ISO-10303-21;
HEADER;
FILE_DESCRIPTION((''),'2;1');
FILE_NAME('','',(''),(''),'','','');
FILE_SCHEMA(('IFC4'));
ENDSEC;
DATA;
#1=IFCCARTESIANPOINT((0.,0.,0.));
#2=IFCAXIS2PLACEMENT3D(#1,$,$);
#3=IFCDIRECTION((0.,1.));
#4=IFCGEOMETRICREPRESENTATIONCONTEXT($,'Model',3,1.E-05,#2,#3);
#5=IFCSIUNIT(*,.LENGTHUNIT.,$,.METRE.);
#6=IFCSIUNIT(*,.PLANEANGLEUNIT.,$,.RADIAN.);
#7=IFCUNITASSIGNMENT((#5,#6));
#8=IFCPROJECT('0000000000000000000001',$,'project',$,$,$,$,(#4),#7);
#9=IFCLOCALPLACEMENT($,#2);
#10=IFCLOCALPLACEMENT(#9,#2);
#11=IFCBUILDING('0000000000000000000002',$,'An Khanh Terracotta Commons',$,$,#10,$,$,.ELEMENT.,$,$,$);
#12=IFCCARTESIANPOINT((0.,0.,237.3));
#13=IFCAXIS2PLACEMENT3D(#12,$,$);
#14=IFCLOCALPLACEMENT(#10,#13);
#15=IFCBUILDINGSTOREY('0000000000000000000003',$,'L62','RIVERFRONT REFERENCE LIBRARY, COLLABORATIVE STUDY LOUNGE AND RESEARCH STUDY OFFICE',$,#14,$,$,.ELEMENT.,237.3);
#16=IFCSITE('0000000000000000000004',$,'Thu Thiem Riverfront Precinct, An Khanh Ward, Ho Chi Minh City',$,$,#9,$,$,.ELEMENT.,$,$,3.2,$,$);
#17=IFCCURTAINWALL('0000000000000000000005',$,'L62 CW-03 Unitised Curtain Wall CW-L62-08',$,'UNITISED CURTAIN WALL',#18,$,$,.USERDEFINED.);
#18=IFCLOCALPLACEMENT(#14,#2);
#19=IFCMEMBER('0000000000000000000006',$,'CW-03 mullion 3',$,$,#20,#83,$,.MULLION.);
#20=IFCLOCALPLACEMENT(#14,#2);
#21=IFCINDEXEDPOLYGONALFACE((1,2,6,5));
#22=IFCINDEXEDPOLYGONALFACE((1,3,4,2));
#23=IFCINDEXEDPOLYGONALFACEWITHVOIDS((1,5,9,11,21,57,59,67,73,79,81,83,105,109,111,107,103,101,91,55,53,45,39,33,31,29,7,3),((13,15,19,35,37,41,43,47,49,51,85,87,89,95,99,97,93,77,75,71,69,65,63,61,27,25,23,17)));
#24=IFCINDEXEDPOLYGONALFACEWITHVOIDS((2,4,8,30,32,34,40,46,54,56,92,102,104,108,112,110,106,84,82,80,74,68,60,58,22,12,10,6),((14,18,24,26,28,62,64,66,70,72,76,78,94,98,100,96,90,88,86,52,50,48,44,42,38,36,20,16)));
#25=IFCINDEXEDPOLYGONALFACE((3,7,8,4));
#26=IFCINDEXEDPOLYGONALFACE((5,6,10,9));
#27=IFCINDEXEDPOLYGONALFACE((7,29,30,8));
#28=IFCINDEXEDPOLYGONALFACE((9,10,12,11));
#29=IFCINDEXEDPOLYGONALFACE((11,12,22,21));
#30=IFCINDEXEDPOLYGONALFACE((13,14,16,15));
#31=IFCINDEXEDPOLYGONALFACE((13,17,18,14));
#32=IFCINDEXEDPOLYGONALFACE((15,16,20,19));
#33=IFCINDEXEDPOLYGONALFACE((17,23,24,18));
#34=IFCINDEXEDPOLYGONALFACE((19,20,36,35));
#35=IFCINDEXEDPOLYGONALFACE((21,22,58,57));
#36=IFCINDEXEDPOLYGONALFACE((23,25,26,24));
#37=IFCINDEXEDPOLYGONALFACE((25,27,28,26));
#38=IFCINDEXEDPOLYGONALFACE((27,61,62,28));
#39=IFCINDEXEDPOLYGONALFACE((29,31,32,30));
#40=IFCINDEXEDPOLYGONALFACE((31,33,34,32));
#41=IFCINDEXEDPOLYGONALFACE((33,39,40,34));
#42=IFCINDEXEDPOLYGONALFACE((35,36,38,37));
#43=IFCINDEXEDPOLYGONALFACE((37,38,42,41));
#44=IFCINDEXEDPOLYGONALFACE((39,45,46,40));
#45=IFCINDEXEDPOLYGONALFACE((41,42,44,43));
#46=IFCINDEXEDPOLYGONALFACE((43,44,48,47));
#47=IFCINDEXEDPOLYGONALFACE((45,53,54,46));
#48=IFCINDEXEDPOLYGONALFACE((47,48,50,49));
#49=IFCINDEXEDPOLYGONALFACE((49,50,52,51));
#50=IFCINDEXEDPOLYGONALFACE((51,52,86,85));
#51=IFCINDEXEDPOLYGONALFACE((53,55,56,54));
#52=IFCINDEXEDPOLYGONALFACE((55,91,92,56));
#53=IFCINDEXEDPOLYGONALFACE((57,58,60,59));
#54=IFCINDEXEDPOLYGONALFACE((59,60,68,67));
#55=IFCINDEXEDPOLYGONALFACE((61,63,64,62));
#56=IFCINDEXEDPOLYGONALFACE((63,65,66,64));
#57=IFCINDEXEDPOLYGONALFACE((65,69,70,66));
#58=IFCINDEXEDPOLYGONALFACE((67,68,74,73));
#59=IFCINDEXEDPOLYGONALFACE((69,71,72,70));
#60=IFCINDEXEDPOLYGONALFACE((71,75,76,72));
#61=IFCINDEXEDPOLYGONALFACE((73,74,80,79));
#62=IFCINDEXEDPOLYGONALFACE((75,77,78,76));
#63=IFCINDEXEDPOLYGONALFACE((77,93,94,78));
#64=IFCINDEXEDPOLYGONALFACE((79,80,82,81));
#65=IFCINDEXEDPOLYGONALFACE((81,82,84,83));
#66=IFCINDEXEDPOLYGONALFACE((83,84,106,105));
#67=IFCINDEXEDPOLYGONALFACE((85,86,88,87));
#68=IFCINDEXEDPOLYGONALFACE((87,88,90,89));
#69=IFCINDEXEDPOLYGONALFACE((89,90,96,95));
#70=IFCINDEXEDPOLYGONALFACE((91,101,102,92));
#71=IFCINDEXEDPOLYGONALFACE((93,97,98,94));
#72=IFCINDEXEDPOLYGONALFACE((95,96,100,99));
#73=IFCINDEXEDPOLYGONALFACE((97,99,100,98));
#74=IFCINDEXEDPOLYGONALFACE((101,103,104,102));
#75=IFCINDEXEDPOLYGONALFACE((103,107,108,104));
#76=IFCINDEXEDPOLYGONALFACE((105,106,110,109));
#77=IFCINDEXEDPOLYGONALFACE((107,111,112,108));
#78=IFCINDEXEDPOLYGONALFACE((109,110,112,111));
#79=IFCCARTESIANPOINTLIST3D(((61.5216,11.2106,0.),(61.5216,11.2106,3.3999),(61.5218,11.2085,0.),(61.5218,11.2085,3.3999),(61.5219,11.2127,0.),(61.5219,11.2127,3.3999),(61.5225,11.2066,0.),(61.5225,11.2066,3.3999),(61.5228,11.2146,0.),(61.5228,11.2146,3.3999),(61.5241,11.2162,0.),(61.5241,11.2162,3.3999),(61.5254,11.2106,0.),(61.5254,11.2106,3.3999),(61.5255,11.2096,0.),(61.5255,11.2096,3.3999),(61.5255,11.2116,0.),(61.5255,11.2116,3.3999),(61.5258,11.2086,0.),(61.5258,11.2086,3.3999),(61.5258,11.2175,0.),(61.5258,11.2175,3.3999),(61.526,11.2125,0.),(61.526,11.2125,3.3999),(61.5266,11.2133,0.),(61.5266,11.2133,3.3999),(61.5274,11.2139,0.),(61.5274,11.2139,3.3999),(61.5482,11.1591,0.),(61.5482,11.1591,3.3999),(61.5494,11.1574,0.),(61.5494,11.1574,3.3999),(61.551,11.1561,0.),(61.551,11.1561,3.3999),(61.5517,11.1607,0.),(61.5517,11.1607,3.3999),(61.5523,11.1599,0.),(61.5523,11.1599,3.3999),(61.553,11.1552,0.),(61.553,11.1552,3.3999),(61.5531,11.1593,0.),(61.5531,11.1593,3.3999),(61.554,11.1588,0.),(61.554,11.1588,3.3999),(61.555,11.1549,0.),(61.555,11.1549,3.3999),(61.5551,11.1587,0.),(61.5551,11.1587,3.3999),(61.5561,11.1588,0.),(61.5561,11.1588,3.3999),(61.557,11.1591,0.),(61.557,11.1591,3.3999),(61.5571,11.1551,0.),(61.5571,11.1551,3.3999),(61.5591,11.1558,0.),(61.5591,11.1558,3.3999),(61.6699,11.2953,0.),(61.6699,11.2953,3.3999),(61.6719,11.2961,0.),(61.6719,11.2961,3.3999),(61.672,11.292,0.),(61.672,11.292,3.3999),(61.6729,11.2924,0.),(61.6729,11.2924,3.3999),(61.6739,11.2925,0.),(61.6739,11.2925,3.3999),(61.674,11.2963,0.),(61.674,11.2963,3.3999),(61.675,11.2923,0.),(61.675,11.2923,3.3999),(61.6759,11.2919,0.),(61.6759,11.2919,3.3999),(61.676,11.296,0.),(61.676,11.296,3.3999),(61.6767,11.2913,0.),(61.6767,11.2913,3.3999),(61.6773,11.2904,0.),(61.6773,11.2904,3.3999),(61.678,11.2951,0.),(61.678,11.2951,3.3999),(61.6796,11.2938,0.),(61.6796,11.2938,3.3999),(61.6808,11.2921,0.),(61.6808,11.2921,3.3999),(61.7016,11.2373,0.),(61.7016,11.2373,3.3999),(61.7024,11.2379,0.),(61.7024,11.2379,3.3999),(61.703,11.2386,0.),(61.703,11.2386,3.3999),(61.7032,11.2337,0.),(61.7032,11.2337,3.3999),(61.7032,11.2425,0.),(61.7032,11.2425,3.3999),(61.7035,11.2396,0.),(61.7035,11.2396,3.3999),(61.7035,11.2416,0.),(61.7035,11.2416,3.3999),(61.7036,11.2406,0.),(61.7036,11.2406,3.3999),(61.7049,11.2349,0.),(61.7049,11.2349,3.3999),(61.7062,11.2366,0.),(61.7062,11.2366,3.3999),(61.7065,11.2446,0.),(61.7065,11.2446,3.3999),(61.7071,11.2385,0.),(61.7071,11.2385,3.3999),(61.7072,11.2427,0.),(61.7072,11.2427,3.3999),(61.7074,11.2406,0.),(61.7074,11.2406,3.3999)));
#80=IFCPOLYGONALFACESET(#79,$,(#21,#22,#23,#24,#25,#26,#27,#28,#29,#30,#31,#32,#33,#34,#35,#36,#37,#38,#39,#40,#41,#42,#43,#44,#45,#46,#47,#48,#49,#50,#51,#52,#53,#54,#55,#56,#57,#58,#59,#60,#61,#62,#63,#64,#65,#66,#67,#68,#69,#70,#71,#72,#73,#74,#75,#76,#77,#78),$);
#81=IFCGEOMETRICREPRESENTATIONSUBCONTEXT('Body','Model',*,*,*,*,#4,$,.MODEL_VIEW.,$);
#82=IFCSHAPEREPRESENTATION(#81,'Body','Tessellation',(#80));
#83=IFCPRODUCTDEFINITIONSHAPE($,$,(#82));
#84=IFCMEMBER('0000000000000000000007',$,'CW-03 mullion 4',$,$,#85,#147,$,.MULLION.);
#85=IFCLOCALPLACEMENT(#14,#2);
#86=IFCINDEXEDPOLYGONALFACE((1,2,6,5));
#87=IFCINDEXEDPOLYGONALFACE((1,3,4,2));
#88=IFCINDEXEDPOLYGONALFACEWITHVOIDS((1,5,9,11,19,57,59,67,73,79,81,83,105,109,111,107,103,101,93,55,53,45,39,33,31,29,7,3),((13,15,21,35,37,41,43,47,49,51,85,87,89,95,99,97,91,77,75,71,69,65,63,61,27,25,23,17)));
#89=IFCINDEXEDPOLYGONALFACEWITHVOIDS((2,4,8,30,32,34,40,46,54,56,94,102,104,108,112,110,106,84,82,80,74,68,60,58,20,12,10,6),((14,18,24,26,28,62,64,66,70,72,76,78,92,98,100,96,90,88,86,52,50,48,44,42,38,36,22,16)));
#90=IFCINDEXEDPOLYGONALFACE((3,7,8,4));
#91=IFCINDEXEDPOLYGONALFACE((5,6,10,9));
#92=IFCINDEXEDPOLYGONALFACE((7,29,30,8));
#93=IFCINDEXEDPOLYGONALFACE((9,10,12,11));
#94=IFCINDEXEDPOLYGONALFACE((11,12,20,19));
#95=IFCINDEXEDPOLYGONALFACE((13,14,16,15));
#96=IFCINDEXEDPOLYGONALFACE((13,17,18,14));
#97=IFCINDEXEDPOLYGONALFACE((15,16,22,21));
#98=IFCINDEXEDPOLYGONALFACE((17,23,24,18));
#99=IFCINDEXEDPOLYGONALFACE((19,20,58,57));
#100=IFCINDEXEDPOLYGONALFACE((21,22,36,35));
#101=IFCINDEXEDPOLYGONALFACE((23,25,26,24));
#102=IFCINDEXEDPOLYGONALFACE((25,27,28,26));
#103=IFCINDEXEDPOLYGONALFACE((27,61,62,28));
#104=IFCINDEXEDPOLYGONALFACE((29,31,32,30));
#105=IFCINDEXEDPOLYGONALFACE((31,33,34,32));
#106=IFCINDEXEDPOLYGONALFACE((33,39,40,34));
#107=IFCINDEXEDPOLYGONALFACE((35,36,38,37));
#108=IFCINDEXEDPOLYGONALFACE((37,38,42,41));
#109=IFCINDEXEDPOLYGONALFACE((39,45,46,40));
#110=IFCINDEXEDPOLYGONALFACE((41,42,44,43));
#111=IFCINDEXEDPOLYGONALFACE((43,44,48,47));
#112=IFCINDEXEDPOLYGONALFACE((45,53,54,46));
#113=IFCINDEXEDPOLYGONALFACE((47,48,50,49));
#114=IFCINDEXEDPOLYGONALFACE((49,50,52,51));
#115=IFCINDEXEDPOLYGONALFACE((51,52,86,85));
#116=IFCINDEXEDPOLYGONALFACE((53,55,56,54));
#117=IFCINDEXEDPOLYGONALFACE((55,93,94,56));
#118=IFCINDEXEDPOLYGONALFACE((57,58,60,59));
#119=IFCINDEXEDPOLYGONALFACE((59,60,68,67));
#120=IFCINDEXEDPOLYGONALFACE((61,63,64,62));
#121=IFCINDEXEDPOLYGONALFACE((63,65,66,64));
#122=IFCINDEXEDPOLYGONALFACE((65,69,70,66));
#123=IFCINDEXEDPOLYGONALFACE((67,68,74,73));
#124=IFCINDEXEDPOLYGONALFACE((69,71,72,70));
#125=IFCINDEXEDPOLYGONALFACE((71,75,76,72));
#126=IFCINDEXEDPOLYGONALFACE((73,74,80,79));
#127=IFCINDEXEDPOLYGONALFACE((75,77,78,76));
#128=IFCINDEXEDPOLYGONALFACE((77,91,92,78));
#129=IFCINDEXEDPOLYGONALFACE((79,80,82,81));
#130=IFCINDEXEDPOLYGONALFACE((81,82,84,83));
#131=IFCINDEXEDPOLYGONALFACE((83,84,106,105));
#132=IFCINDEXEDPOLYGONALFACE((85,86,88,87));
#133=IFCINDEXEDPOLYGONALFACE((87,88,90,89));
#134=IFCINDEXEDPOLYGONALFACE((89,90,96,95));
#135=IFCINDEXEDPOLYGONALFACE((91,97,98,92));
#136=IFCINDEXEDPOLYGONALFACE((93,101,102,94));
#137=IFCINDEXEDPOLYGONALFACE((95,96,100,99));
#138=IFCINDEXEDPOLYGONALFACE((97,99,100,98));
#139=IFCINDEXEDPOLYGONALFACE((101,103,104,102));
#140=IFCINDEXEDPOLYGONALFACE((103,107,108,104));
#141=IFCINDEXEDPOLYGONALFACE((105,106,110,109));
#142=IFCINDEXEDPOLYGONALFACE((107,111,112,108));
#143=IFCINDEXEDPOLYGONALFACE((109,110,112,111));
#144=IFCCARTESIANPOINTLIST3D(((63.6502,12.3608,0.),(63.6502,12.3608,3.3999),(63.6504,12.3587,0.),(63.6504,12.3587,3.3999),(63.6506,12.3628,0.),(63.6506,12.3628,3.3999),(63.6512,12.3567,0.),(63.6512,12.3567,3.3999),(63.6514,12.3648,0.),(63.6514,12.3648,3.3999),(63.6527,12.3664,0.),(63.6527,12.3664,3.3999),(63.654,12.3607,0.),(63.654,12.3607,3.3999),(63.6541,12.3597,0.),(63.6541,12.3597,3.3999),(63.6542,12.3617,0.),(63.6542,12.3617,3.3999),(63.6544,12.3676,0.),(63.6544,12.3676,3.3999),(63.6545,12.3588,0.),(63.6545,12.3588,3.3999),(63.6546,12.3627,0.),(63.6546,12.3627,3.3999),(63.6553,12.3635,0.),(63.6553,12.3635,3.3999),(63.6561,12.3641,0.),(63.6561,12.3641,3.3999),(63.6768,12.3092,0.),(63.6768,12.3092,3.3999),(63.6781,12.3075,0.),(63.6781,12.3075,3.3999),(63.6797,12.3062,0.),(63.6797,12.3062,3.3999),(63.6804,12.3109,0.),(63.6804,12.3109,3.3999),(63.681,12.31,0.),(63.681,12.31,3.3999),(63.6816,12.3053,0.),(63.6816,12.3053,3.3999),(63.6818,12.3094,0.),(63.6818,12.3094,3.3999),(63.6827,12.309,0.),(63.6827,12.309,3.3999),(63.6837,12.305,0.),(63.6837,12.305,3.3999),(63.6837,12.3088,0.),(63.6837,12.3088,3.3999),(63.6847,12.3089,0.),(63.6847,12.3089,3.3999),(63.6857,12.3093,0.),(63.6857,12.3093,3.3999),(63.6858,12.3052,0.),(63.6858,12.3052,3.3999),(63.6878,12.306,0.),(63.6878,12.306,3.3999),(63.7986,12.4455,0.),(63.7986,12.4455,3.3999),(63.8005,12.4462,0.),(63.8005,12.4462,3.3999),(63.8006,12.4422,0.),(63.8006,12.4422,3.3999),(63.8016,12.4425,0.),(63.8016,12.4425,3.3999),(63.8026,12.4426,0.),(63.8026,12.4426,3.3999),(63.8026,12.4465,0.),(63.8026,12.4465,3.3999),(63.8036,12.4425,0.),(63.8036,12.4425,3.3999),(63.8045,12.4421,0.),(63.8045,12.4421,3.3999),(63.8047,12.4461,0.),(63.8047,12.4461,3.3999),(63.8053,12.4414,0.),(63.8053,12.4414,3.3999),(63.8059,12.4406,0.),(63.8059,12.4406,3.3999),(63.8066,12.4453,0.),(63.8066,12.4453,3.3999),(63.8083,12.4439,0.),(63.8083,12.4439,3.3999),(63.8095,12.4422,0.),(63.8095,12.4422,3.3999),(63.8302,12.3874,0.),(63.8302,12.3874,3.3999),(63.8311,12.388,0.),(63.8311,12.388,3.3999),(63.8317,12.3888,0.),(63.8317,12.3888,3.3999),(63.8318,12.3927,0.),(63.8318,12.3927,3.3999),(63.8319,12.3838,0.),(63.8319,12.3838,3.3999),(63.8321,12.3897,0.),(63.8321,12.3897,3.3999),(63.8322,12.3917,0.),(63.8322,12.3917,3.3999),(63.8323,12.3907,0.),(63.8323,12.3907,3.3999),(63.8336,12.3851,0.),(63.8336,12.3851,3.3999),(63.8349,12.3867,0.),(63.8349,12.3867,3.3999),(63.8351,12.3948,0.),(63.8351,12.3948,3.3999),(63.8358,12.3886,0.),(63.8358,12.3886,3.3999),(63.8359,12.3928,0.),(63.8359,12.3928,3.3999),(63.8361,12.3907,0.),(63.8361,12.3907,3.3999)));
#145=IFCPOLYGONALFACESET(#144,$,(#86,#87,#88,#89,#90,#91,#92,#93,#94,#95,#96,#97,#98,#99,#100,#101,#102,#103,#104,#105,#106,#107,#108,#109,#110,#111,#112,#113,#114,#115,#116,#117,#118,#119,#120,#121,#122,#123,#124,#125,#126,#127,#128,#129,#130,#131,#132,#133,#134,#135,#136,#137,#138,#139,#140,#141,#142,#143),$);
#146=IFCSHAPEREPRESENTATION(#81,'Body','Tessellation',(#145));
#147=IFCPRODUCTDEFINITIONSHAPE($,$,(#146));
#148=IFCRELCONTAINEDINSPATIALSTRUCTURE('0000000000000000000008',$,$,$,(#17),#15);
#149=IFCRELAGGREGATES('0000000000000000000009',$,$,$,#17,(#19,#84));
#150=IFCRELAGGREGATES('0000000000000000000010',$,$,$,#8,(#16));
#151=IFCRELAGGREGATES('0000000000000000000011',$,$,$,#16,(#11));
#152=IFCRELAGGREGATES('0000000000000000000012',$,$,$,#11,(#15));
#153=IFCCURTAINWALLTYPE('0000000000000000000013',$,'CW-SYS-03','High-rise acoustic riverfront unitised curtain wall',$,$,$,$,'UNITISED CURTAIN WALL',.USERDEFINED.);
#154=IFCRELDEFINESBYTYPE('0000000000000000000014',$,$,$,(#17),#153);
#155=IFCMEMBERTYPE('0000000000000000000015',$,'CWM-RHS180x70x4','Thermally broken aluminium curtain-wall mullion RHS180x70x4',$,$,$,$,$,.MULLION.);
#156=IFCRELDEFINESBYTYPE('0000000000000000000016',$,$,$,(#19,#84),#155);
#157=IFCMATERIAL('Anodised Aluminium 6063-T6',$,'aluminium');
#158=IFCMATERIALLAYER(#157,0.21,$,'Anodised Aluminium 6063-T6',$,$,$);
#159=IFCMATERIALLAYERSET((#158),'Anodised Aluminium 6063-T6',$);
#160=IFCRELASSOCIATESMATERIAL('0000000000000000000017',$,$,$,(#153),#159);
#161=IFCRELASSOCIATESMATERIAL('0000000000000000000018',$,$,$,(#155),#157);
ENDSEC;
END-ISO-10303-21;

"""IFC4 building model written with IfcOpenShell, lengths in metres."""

from ifc_helpers import new_model, si_unit, direction, frame, origin, origin_2d, place, context, subcontext, project, spatial, hollow_rectangle, extrude, material, layer, layer_set, material_profile, profile_set, type_object, element, aggregate, save


model = new_model("IFC4")

# Units and contexts
model_context = context("Model", 3, precision=1e-05, world=origin(), true_north=direction((0.0, 1.0)))
body_context = subcontext(model_context, "Body", "Model", "MODEL_VIEW")
ifc_project = project(units=[si_unit("LENGTHUNIT", "METRE"), si_unit("PLANEANGLEUNIT", "RADIAN")], contexts=[model_context])

# Site, building, storey
site_placement = place(None, origin())
site = spatial("IfcSite", under=ifc_project, at=site_placement, Name="Thu Thiem Riverfront Precinct, An Khanh Ward, Ho Chi Minh City", CompositionType="ELEMENT", RefElevation=3.2)
building_placement = place(site_placement, origin())
building = spatial("IfcBuilding", under=site, at=building_placement, Name="An Khanh Terracotta Commons", CompositionType="ELEMENT")
storey_placement = place(building_placement, frame((0.0, 0.0, 237.3)))
storey = spatial("IfcBuildingStorey", under=building, at=storey_placement, Name="L62", Description="RIVERFRONT REFERENCE LIBRARY, COLLABORATIVE STUDY LOUNGE AND RESEARCH STUDY OFFICE", CompositionType="ELEMENT", Elevation=237.3)

# Curtain wall, members
ifc_material_1 = material(Name="Anodised Aluminium 6063-T6", Category="aluminium")
ifc_layer_1 = layer(ifc_material_1, 0.21, Name="Anodised Aluminium 6063-T6")
ifc_layer_set_1 = layer_set([ifc_layer_1], Name="Anodised Aluminium 6063-T6")
curtain_wall_type = type_object("IfcCurtainWallType", Name="CW-SYS-03", Description="High-rise acoustic riverfront unitised curtain wall", ElementType="UNITISED CURTAIN WALL", PredefinedType="USERDEFINED", material=ifc_layer_set_1)
curtain_wall_1_placement = place(storey_placement, origin())
curtain_wall_1 = element("IfcCurtainWall", 1, at=curtain_wall_1_placement, inside=storey, type_object=curtain_wall_type, Name="L62 CW-03 Unitised Curtain Wall CW-L62-08", ObjectType="UNITISED CURTAIN WALL", PredefinedType="USERDEFINED")
ifc_material_profile_1 = material_profile(ifc_material_1, hollow_rectangle(XDim=0.0701, YDim=0.1799, WallThickness=0.0039, InnerFilletRadius=0.0039, OuterFilletRadius=0.0081, at=origin_2d()), Name="RHS180x70x4")
ifc_profile_set_1 = profile_set([ifc_material_profile_1], Name="Anodised Aluminium 6063-T6")
member_type_1 = type_object("IfcMemberType", Name="CWM-RHS180x70x4", Description="Thermally broken aluminium curtain-wall mullion RHS180x70x4", PredefinedType="MULLION", material=ifc_profile_set_1)
member_1_placement = place(storey_placement, frame((61.6145, 11.2256, 0.0), z_axis=(0.0, 0.0, 1.0), x_axis=(-0.475381, 0.87978, 0.0)))
member_1 = element("IfcMember", 2, at=member_1_placement, type_object=member_type_1, Name="CW-03 mullion 3", PredefinedType="MULLION", context=body_context, shape_type="SweptSolid", body=[
    extrude(hollow_rectangle(XDim=0.0701, YDim=0.1799, WallThickness=0.0039, InnerFilletRadius=0.0039, OuterFilletRadius=0.0081, at=origin_2d()), origin(), (0.0, 0.0, 1.0), 3.3999),
])
member_2_placement = place(storey_placement, frame((63.7432, 12.3757, 0.0), z_axis=(0.0, 0.0, 1.0), x_axis=(-0.475381, 0.87978, 0.0)))
member_2 = element("IfcMember", 3, at=member_2_placement, type_object=member_type_1, Name="CW-03 mullion 4", PredefinedType="MULLION", context=body_context, shape_type="SweptSolid", body=[
    extrude(hollow_rectangle(XDim=0.0701, YDim=0.1799, WallThickness=0.0039, InnerFilletRadius=0.0039, OuterFilletRadius=0.0081, at=origin_2d()), origin(), (0.0, 0.0, 1.0), 3.3999),
])

aggregate(curtain_wall_1, [member_1, member_2])

save(model, "model.ifc")
